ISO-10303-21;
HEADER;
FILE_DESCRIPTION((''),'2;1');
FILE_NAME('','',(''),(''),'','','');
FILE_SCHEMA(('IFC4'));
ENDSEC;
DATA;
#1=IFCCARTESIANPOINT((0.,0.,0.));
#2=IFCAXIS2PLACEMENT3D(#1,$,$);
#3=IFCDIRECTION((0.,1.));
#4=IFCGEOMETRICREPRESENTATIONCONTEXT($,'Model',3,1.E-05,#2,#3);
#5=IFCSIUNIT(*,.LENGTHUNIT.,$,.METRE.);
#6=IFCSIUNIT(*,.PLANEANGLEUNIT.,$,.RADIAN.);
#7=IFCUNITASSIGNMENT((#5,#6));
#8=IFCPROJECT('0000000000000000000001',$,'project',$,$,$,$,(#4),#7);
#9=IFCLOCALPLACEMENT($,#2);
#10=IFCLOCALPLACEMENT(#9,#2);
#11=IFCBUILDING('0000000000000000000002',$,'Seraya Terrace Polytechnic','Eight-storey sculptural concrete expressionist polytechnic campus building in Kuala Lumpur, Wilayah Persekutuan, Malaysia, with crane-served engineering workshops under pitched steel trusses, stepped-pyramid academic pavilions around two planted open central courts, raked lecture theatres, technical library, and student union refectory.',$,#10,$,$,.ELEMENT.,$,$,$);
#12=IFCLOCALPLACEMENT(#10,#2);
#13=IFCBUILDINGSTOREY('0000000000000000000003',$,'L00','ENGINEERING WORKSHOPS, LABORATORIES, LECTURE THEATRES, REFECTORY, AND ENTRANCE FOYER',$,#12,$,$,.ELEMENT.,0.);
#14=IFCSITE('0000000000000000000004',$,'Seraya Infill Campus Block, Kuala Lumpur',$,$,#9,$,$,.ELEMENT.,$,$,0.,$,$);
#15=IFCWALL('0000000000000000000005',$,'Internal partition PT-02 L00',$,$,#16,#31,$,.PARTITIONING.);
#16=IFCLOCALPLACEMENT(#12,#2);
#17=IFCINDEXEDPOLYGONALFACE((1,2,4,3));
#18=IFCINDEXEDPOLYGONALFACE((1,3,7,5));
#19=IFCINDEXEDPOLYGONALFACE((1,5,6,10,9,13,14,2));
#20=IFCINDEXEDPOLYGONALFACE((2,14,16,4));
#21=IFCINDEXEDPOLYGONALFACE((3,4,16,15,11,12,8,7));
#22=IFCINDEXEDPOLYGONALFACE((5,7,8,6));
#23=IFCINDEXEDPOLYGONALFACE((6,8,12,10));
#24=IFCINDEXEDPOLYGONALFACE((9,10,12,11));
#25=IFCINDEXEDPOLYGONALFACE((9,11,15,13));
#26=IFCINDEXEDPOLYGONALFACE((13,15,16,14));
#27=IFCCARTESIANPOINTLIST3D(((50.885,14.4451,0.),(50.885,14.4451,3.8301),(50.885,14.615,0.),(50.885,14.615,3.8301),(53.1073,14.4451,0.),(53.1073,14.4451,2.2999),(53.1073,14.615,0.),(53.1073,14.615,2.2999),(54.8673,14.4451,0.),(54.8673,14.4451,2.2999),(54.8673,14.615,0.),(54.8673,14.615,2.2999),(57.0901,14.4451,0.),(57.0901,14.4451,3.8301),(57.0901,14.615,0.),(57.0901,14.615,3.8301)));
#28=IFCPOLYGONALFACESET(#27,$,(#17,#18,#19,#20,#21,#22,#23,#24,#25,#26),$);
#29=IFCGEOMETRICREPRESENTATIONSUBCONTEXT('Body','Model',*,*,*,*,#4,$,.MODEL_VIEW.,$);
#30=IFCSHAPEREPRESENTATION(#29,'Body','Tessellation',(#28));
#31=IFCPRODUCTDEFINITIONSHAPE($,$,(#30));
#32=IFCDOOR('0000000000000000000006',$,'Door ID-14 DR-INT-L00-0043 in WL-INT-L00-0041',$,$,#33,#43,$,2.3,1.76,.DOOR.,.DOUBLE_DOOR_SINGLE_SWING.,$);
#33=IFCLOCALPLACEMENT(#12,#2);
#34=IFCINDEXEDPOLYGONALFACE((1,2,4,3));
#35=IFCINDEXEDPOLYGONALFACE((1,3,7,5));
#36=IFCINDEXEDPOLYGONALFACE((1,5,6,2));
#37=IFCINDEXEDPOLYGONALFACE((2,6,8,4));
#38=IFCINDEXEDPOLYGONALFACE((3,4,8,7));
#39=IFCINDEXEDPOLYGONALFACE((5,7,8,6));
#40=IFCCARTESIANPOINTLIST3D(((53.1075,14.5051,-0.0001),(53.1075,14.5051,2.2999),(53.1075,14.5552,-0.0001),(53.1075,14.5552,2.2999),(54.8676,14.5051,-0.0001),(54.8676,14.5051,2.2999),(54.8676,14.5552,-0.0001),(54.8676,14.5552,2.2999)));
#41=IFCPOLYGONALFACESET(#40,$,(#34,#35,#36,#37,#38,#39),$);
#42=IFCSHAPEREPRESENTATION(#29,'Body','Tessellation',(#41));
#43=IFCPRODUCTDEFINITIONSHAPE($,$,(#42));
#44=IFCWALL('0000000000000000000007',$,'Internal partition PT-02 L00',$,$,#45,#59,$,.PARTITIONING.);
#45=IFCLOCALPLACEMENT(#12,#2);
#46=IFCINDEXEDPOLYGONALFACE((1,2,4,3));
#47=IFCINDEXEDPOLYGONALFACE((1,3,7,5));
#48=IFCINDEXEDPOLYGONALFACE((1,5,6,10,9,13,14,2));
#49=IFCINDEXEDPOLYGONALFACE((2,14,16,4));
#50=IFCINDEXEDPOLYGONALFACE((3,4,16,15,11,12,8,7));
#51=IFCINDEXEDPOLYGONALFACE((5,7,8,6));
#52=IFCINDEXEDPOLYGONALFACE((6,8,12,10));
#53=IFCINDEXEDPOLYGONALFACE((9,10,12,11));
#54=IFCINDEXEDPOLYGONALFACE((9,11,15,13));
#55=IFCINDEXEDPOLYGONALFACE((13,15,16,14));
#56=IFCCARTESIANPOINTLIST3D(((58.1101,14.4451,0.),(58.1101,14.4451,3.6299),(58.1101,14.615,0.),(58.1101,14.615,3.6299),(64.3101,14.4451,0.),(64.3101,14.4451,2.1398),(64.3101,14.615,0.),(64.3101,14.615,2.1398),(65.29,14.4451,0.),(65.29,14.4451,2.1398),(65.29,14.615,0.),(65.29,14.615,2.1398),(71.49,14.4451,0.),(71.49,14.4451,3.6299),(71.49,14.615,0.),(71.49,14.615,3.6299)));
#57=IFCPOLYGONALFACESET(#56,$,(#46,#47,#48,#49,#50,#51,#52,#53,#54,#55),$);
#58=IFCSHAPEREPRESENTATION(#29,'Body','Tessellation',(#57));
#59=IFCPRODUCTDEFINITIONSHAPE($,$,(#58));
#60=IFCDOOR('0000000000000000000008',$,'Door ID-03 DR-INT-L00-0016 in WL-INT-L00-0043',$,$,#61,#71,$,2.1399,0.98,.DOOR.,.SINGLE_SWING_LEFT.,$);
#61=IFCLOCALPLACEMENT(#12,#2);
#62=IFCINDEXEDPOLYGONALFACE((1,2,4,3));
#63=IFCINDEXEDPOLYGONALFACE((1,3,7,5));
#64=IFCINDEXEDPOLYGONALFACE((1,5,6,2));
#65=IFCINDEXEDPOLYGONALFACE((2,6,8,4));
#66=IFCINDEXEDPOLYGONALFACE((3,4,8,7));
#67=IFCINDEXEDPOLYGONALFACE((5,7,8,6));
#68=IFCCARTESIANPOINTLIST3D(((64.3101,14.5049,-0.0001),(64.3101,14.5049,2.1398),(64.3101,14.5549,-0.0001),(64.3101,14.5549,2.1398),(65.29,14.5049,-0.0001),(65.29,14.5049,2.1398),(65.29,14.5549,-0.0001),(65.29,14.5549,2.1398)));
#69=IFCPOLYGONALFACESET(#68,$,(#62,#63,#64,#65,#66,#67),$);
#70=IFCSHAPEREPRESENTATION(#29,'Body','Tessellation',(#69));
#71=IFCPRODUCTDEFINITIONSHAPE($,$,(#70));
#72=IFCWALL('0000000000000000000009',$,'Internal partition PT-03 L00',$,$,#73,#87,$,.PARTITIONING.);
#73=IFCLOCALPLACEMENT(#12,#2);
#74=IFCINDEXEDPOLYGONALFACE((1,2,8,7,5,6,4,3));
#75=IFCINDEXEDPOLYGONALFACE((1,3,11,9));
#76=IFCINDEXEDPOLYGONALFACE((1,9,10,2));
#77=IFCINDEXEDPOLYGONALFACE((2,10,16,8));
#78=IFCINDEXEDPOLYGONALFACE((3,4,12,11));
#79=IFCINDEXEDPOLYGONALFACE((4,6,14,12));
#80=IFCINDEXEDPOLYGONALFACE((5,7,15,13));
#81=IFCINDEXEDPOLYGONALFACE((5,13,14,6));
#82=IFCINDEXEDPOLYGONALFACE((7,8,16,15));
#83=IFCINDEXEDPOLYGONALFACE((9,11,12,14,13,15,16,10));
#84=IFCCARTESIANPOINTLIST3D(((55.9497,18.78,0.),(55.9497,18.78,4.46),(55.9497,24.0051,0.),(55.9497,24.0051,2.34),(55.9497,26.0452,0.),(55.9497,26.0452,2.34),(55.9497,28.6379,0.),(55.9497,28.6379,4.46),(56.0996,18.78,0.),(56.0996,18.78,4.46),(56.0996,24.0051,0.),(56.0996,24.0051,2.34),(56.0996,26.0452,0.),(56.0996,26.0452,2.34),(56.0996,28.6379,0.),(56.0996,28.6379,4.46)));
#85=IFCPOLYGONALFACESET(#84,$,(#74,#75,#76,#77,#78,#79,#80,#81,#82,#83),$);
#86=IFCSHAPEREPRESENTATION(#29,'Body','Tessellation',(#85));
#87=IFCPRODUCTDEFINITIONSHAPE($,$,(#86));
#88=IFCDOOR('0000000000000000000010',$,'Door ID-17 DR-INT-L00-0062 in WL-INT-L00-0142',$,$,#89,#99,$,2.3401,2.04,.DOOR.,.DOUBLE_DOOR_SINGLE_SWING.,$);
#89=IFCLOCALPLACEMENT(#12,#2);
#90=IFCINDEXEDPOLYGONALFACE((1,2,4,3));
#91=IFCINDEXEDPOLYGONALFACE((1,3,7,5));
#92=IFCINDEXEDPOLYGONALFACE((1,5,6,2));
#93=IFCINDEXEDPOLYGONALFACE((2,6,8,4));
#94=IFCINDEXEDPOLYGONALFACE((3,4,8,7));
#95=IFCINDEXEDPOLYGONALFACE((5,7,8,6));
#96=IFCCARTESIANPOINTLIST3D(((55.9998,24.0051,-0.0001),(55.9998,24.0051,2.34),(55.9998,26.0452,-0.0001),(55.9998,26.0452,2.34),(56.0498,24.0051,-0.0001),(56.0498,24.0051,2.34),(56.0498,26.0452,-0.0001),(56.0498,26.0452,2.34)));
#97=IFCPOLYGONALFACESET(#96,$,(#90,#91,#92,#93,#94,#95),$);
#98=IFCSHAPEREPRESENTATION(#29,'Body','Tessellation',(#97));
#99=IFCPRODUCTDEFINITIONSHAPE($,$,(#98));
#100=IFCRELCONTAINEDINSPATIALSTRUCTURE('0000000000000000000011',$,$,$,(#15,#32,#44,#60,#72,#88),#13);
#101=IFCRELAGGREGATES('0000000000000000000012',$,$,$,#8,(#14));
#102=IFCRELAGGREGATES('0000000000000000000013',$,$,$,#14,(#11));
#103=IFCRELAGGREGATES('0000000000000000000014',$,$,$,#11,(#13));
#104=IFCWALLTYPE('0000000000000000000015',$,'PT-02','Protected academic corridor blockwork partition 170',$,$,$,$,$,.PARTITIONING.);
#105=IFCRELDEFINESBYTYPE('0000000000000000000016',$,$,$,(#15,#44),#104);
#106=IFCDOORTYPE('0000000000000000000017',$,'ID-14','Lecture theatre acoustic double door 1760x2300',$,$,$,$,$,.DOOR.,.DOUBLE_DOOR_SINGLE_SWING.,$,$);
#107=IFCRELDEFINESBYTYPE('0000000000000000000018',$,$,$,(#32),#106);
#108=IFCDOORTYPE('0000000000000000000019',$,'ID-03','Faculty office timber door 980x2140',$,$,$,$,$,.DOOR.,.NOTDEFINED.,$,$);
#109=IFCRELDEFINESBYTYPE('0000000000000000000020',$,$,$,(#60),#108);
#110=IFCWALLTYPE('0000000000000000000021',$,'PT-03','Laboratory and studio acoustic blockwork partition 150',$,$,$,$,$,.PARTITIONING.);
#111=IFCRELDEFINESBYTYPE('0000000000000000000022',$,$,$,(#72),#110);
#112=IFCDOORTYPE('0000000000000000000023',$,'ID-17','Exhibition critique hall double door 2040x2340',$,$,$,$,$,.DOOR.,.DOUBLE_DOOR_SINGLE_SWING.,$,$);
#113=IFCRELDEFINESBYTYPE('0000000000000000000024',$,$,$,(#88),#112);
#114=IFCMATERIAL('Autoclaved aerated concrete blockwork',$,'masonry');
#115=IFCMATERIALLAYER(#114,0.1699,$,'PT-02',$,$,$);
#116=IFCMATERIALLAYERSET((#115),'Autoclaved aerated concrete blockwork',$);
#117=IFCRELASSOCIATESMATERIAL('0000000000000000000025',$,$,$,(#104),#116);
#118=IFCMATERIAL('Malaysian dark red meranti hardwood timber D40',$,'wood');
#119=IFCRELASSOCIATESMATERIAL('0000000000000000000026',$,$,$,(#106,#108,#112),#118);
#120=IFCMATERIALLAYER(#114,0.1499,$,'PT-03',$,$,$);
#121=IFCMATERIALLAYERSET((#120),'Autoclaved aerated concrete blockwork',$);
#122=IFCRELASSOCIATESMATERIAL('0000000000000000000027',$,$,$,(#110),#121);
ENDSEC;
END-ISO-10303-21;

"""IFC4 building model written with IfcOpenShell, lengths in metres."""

from ifc_helpers import new_model, si_unit, direction, frame, frame_2d, origin, place, context, subcontext, project, spatial, rectangle, extrude, material, layer, layer_set, type_object, element, fill, save


model = new_model("IFC4")

# Units and contexts
model_context = context("Model", 3, precision=1e-05, world=origin(), true_north=direction((0.0, 1.0)))
body_context = subcontext(model_context, "Body", "Model", "MODEL_VIEW")
ifc_project = project(units=[si_unit("LENGTHUNIT", "METRE"), si_unit("PLANEANGLEUNIT", "RADIAN")], contexts=[model_context])

# Site, building, storey
site_placement = place(None, origin())
site = spatial("IfcSite", under=ifc_project, at=site_placement, Name="Seraya Infill Campus Block, Kuala Lumpur", CompositionType="ELEMENT", RefElevation=0.0)
building_placement = place(site_placement, origin())
building = spatial("IfcBuilding", under=site, at=building_placement, Name="Seraya Terrace Polytechnic", Description="Eight-storey sculptural concrete expressionist polytechnic campus building in Kuala Lumpur, Wilayah Persekutuan, Malaysia, with crane-served engineering workshops under pitched steel trusses, stepped-pyramid academic pavilions around two planted open central courts, raked lecture theatres, technical library, and student union refectory.", CompositionType="ELEMENT")
storey_placement = place(building_placement, origin())
storey = spatial("IfcBuildingStorey", under=building, at=storey_placement, Name="L00", Description="ENGINEERING WORKSHOPS, LABORATORIES, LECTURE THEATRES, REFECTORY, AND ENTRANCE FOYER", CompositionType="ELEMENT", Elevation=0.0)

# Walls, openings, doors
ifc_material_1 = material(Name="Autoclaved aerated concrete blockwork", Category="masonry")
ifc_layer_1 = layer(ifc_material_1, 0.1699, Name="PT-02")
ifc_layer_set_1 = layer_set([ifc_layer_1], Name="Autoclaved aerated concrete blockwork")
wall_type_1 = type_object("IfcWallType", Name="PT-02", Description="Protected academic corridor blockwork partition 170", PredefinedType="PARTITIONING", material=ifc_layer_set_1)
wall_1_placement = place(storey_placement, frame((50.885, 14.53, 0.0), z_axis=(0.0, 0.0, 1.0), x_axis=(1.0, 0.0, 0.0)))
wall_1 = element("IfcWall", 1, at=wall_1_placement, inside=storey, type_object=wall_type_1, Name="Internal partition PT-02 L00", PredefinedType="PARTITIONING", context=body_context, shape_type="SweptSolid", body=[
    extrude(rectangle(XDim=6.2051, YDim=0.1699, at=frame_2d((3.1025, 0.0))), origin(), (0.0, 0.0, 1.0), 3.8301),
])
opening_1_placement = place(wall_1_placement, frame((2.2224, 0.0, 0.0)))
opening_1 = element("IfcOpeningElement", 2, at=opening_1_placement, cuts=wall_1, PredefinedType="OPENING", context=body_context, shape_type="SweptSolid", body=[
    extrude(rectangle(XDim=1.76, YDim=2.3, at=frame_2d((0.8799, 1.1499))), frame((0.0, 0.0969, 0.0), z_axis=(0.0, -1.0, 0.0), x_axis=(1.0, 0.0, 0.0)), (0.0, 0.0, 1.0), 0.1938),
])
ifc_material_2 = material(Name="Malaysian dark red meranti hardwood timber D40", Category="wood")
door_type_1 = type_object("IfcDoorType", Name="ID-14", Description="Lecture theatre acoustic double door 1760x2300", OperationType="DOUBLE_DOOR_SINGLE_SWING", PredefinedType="DOOR", material=ifc_material_2)
door_1_placement = place(opening_1_placement, frame((1.76, 0.0, 0.0), z_axis=(0.0, 0.0, 1.0), x_axis=(-1.0, 0.0, 0.0)))
door_1 = element("IfcDoor", 3, at=door_1_placement, inside=storey, type_object=door_type_1, Name="Door ID-14 DR-INT-L00-0043 in WL-INT-L00-0041", OperationType="DOUBLE_DOOR_SINGLE_SWING", OverallHeight=2.3, OverallWidth=1.76, PredefinedType="DOOR", context=body_context, shape_type="SweptSolid", body=[
    extrude(rectangle(XDim=1.76, YDim=2.3, at=frame_2d((0.8799, 1.1499))), frame((0.0, 0.0249, 0.0), z_axis=(0.0, -1.0, 0.0), x_axis=(1.0, 0.0, 0.0)), (0.0, 0.0, 1.0), 0.05),
])
fill(opening_1, door_1)
wall_2_placement = place(storey_placement, frame((58.1101, 14.53, 0.0), z_axis=(0.0, 0.0, 1.0), x_axis=(1.0, 0.0, 0.0)))
wall_2 = element("IfcWall", 4, at=wall_2_placement, inside=storey, type_object=wall_type_1, Name="Internal partition PT-02 L00", PredefinedType="PARTITIONING", context=body_context, shape_type="SweptSolid", body=[
    extrude(rectangle(XDim=13.3799, YDim=0.1699, at=frame_2d((6.6899, 0.0))), origin(), (0.0, 0.0, 1.0), 3.6299),
])
opening_2_placement = place(wall_2_placement, frame((6.2, 0.0, 0.0)))
opening_2 = element("IfcOpeningElement", 5, at=opening_2_placement, cuts=wall_2, PredefinedType="OPENING", context=body_context, shape_type="SweptSolid", body=[
    extrude(rectangle(XDim=0.98, YDim=2.1399, at=frame_2d((0.49, 1.0698))), frame((0.0, 0.0969, 0.0), z_axis=(0.0, -1.0, 0.0), x_axis=(1.0, 0.0, 0.0)), (0.0, 0.0, 1.0), 0.1938),
])
door_type_2 = type_object("IfcDoorType", Name="ID-03", Description="Faculty office timber door 980x2140", OperationType="NOTDEFINED", PredefinedType="DOOR", material=ifc_material_2)
door_2_placement = place(opening_2_placement, origin())
door_2 = element("IfcDoor", 6, at=door_2_placement, inside=storey, type_object=door_type_2, Name="Door ID-03 DR-INT-L00-0016 in WL-INT-L00-0043", OperationType="SINGLE_SWING_LEFT", OverallHeight=2.1399, OverallWidth=0.98, PredefinedType="DOOR", context=body_context, shape_type="SweptSolid", body=[
    extrude(rectangle(XDim=0.98, YDim=2.1399, at=frame_2d((0.49, 1.0698))), frame((0.0, 0.0249, 0.0), z_axis=(0.0, -1.0, 0.0), x_axis=(1.0, 0.0, 0.0)), (0.0, 0.0, 1.0), 0.05),
])
fill(opening_2, door_2)
ifc_layer_2 = layer(ifc_material_1, 0.1499, Name="PT-03")
ifc_layer_set_2 = layer_set([ifc_layer_2], Name="Autoclaved aerated concrete blockwork")
wall_type_2 = type_object("IfcWallType", Name="PT-03", Description="Laboratory and studio acoustic blockwork partition 150", PredefinedType="PARTITIONING", material=ifc_layer_set_2)
wall_3_placement = place(storey_placement, frame((56.0247, 18.78, 0.0), z_axis=(0.0, 0.0, 1.0), x_axis=(0.0, 1.0, 0.0)))
wall_3 = element("IfcWall", 7, at=wall_3_placement, inside=storey, type_object=wall_type_2, Name="Internal partition PT-03 L00", PredefinedType="PARTITIONING", context=body_context, shape_type="SweptSolid", body=[
    extrude(rectangle(XDim=9.8579, YDim=0.1499, at=frame_2d((4.929, 0.0))), origin(), (0.0, 0.0, 1.0), 4.46),
])
opening_3_placement = place(wall_3_placement, frame((5.2251, 0.0, 0.0)))
opening_3 = element("IfcOpeningElement", 8, at=opening_3_placement, cuts=wall_3, PredefinedType="OPENING", context=body_context, shape_type="SweptSolid", body=[
    extrude(rectangle(XDim=2.04, YDim=2.3401, at=frame_2d((1.02, 1.1699))), frame((0.0, 0.0869, 0.0), z_axis=(0.0, -1.0, 0.0), x_axis=(1.0, 0.0, 0.0)), (0.0, 0.0, 1.0), 0.1738),
])
door_type_3 = type_object("IfcDoorType", Name="ID-17", Description="Exhibition critique hall double door 2040x2340", OperationType="DOUBLE_DOOR_SINGLE_SWING", PredefinedType="DOOR", material=ifc_material_2)
door_3_placement = place(opening_3_placement, origin())
door_3 = element("IfcDoor", 9, at=door_3_placement, inside=storey, type_object=door_type_3, Name="Door ID-17 DR-INT-L00-0062 in WL-INT-L00-0142", OperationType="DOUBLE_DOOR_SINGLE_SWING", OverallHeight=2.3401, OverallWidth=2.04, PredefinedType="DOOR", context=body_context, shape_type="SweptSolid", body=[
    extrude(rectangle(XDim=2.04, YDim=2.3401, at=frame_2d((1.02, 1.1699))), frame((0.0, 0.0249, 0.0), z_axis=(0.0, -1.0, 0.0), x_axis=(1.0, 0.0, 0.0)), (0.0, 0.0, 1.0), 0.05),
])
fill(opening_3, door_3)

save(model, "model.ifc")
